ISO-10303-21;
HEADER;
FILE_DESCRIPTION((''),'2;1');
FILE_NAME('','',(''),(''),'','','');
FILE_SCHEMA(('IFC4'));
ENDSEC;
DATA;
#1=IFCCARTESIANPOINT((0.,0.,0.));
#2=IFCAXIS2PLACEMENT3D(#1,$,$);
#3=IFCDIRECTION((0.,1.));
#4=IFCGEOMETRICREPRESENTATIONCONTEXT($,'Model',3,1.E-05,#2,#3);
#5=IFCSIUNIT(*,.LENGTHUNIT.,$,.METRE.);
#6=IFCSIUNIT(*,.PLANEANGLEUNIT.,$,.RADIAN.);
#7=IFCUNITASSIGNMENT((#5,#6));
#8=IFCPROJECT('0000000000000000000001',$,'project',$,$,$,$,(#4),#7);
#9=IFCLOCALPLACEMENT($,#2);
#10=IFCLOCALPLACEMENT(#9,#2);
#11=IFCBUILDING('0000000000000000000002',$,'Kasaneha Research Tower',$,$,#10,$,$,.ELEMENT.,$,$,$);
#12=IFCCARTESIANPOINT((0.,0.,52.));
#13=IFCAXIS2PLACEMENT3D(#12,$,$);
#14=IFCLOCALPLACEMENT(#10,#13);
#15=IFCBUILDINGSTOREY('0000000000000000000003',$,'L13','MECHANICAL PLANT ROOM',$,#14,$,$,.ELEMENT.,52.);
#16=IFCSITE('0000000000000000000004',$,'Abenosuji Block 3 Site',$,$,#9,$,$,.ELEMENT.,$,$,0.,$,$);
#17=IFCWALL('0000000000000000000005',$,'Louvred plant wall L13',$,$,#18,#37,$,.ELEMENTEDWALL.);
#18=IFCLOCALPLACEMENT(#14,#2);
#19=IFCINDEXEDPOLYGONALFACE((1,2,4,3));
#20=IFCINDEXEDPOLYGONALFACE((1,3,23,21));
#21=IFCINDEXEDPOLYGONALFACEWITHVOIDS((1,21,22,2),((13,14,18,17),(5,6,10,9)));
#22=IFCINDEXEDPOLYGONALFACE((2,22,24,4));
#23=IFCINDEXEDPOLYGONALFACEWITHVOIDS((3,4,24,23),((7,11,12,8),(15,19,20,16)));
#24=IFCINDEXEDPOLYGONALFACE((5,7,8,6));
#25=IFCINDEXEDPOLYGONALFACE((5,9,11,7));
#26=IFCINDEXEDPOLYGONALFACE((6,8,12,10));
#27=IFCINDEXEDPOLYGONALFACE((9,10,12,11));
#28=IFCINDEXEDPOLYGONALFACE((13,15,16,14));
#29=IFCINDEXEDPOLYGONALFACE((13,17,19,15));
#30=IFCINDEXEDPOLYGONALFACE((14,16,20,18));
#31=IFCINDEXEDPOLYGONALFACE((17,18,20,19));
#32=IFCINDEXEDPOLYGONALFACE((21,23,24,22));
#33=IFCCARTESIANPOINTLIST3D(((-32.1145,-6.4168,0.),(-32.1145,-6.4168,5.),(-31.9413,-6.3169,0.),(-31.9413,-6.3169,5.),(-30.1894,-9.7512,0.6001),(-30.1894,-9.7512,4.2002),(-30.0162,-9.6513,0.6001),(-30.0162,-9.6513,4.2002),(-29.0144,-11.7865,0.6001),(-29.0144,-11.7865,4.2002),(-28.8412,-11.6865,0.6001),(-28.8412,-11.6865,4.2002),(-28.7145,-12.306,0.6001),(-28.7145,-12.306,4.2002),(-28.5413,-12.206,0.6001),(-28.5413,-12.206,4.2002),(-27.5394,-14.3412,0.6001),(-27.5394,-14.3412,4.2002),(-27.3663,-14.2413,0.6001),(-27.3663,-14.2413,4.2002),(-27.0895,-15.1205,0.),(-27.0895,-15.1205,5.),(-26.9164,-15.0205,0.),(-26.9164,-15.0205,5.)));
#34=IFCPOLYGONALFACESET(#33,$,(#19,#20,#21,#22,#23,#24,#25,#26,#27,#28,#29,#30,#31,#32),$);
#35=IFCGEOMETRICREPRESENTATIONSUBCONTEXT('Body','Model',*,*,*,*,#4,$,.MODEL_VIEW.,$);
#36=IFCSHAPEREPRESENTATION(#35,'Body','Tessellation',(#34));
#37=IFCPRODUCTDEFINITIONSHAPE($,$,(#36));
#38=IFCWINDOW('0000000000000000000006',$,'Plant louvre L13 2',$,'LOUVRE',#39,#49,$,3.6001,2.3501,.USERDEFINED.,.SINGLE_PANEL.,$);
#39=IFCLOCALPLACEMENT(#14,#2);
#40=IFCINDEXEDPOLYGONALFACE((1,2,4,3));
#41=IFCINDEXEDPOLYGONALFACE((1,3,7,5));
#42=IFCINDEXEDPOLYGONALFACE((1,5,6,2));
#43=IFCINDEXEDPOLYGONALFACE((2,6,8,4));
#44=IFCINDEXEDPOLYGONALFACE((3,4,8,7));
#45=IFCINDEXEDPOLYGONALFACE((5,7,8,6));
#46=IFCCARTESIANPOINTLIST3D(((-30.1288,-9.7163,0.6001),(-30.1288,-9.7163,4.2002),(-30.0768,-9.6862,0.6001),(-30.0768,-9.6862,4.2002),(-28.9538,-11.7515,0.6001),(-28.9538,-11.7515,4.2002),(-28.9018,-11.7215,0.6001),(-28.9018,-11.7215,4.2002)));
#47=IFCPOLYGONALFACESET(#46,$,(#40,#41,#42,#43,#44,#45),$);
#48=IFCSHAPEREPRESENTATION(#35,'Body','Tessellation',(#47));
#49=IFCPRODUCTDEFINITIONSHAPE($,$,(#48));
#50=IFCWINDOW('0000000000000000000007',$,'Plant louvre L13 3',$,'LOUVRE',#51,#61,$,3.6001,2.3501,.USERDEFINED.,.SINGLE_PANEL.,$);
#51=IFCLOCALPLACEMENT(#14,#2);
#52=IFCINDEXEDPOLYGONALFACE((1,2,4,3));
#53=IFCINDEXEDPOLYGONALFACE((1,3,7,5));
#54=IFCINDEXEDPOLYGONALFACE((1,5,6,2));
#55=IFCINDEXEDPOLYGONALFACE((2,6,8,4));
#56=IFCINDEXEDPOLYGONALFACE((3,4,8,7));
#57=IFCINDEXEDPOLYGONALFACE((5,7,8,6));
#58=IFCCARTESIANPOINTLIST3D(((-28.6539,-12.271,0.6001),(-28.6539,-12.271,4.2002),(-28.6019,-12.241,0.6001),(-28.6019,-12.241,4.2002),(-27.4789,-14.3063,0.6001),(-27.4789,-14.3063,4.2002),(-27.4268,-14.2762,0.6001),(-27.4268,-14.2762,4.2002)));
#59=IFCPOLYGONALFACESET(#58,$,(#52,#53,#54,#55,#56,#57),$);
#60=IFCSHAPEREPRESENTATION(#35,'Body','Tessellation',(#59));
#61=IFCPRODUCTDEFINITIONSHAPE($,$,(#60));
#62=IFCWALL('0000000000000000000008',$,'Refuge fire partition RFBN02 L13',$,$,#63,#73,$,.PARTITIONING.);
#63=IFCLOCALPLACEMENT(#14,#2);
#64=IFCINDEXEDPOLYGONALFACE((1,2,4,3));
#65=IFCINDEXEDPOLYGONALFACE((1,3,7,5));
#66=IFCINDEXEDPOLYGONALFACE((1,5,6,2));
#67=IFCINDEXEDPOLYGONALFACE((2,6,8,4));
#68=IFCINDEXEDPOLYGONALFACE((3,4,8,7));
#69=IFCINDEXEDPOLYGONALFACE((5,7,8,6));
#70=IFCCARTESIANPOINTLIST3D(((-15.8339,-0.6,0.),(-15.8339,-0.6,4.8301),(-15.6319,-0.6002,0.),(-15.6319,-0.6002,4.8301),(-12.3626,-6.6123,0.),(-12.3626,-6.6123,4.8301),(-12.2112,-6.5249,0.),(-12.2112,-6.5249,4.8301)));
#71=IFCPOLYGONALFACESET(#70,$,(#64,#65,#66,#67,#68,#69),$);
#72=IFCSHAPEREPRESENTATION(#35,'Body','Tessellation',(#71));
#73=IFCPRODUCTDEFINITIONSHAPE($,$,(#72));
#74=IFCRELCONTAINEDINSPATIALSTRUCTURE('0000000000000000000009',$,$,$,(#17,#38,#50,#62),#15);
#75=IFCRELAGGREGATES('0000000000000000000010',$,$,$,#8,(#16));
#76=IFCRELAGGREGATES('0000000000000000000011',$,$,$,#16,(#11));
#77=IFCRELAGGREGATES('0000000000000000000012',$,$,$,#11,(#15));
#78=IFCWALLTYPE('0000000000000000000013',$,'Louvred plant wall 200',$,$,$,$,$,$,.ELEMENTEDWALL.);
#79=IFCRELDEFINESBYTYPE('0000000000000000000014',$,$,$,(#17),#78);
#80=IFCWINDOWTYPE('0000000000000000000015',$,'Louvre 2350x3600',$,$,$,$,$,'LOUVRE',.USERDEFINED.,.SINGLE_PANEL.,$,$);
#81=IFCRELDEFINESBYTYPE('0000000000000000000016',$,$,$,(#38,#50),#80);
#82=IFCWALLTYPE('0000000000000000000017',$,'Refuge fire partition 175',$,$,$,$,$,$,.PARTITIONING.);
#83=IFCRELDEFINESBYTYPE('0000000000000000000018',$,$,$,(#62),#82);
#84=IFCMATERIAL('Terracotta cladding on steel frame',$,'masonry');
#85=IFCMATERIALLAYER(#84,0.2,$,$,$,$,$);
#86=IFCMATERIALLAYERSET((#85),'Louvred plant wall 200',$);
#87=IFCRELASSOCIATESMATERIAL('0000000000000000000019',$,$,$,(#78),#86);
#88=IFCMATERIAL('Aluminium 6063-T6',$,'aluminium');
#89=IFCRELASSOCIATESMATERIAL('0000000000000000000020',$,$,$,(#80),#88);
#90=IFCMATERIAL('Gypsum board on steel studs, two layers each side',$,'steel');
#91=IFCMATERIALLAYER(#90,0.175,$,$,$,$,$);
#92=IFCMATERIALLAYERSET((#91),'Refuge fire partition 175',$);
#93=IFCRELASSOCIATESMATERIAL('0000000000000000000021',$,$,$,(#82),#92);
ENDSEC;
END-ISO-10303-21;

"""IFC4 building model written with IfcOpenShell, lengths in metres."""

from ifc_helpers import new_model, si_unit, direction, frame, frame_2d, origin, place, context, subcontext, project, spatial, polyline, rectangle, outline, extrude, material, layer, layer_set, type_object, element, fill, save


model = new_model("IFC4")

# Units and contexts
model_context = context("Model", 3, precision=1e-05, world=origin(), true_north=direction((0.0, 1.0)))
body_context = subcontext(model_context, "Body", "Model", "MODEL_VIEW")
ifc_project = project(units=[si_unit("LENGTHUNIT", "METRE"), si_unit("PLANEANGLEUNIT", "RADIAN")], contexts=[model_context])

# Site, building, storey
site_placement = place(None, origin())
site = spatial("IfcSite", under=ifc_project, at=site_placement, Name="Abenosuji Block 3 Site", CompositionType="ELEMENT", RefElevation=0.0)
building_placement = place(site_placement, origin())
building = spatial("IfcBuilding", under=site, at=building_placement, Name="Kasaneha Research Tower", CompositionType="ELEMENT")
storey_placement = place(building_placement, frame((0.0, 0.0, 52.0)))
storey = spatial("IfcBuildingStorey", under=building, at=storey_placement, Name="L13", Description="MECHANICAL PLANT ROOM", CompositionType="ELEMENT", Elevation=52.0)

# Wall, openings, windows
ifc_material_1 = material(Name="Terracotta cladding on steel frame", Category="masonry")
ifc_layer_1 = layer(ifc_material_1, 0.2)
ifc_layer_set_1 = layer_set([ifc_layer_1], Name="Louvred plant wall 200")
wall_type_1 = type_object("IfcWallType", Name="Louvred plant wall 200", PredefinedType="ELEMENTEDWALL", material=ifc_layer_set_1)
wall_1_placement = place(storey_placement, frame((-32.0278, -6.3669, 0.0), z_axis=(0.0, 0.0, 1.0), x_axis=(0.49999, -0.866031, 0.0)))
wall_1 = element("IfcWall", 1, at=wall_1_placement, inside=storey, type_object=wall_type_1, Name="Louvred plant wall L13", PredefinedType="ELEMENTEDWALL", context=body_context, shape_type="SweptSolid", body=[
    extrude(rectangle(XDim=10.05, YDim=0.2, at=frame_2d((5.0249, 0.0))), origin(), (0.0, 0.0, 1.0), 5.0),
])
opening_1_placement = place(wall_1_placement, frame((3.8501, 0.0, 0.6001)))
opening_1 = element("IfcOpeningElement", 2, at=opening_1_placement, cuts=wall_1, PredefinedType="OPENING", context=body_context, shape_type="SweptSolid", body=[
    extrude(rectangle(XDim=2.3501, YDim=3.6001, at=frame_2d((1.175, 1.8))), frame((0.0, 0.1099, 0.0), z_axis=(0.0, -1.0, 0.0), x_axis=(1.0, 0.0, 0.0)), (0.0, 0.0, 1.0), 0.22),
])
opening_2_placement = place(wall_1_placement, frame((6.8, 0.0, 0.6001)))
opening_2 = element("IfcOpeningElement", 3, at=opening_2_placement, cuts=wall_1, PredefinedType="OPENING", context=body_context, shape_type="SweptSolid", body=[
    extrude(rectangle(XDim=2.3501, YDim=3.6001, at=frame_2d((1.175, 1.8))), frame((0.0, 0.1099, 0.0), z_axis=(0.0, -1.0, 0.0), x_axis=(1.0, 0.0, 0.0)), (0.0, 0.0, 1.0), 0.22),
])
ifc_material_2 = material(Name="Aluminium 6063-T6", Category="aluminium")
window_type = type_object("IfcWindowType", Name="Louvre 2350x3600", ElementType="LOUVRE", PartitioningType="SINGLE_PANEL", PredefinedType="USERDEFINED", material=ifc_material_2)
window_1_placement = place(opening_1_placement, origin())
window_1 = element("IfcWindow", 4, at=window_1_placement, inside=storey, type_object=window_type, Name="Plant louvre L13 2", ObjectType="LOUVRE", OverallHeight=3.6001, OverallWidth=2.3501, PartitioningType="SINGLE_PANEL", PredefinedType="USERDEFINED", context=body_context, shape_type="SweptSolid", body=[
    extrude(rectangle(XDim=2.3501, YDim=3.6001, at=frame_2d((1.175, 1.8))), frame((0.0, 0.03, 0.0), z_axis=(0.0, -1.0, 0.0), x_axis=(1.0, 0.0, 0.0)), (0.0, 0.0, 1.0), 0.0601),
])
fill(opening_1, window_1)
window_2_placement = place(opening_2_placement, origin())
window_2 = element("IfcWindow", 5, at=window_2_placement, inside=storey, type_object=window_type, Name="Plant louvre L13 3", ObjectType="LOUVRE", OverallHeight=3.6001, OverallWidth=2.3501, PartitioningType="SINGLE_PANEL", PredefinedType="USERDEFINED", context=body_context, shape_type="SweptSolid", body=[
    extrude(rectangle(XDim=2.3501, YDim=3.6001, at=frame_2d((1.175, 1.8))), frame((0.0, 0.03, 0.0), z_axis=(0.0, -1.0, 0.0), x_axis=(1.0, 0.0, 0.0)), (0.0, 0.0, 1.0), 0.0601),
])
fill(opening_2, window_2)

# Wall
ifc_material_3 = material(Name="Gypsum board on steel studs, two layers each side", Category="steel")
ifc_layer_2 = layer(ifc_material_3, 0.175)
ifc_layer_set_2 = layer_set([ifc_layer_2], Name="Refuge fire partition 175")
wall_type_2 = type_object("IfcWallType", Name="Refuge fire partition 175", PredefinedType="PARTITIONING", material=ifc_layer_set_2)
wall_2_placement = place(storey_placement, frame((-15.7329, -0.6001, 0.0), z_axis=(0.0, 0.0, 1.0), x_axis=(0.500014, -0.866017, 0.0)))
element("IfcWall", 6, at=wall_2_placement, inside=storey, type_object=wall_type_2, Name="Refuge fire partition RFBN02 L13", PredefinedType="PARTITIONING", context=body_context, shape_type="SweptSolid", body=[
    extrude(outline(polyline([(-0.0505, -0.0874), (6.8918, -0.0874), (6.8918, 0.0874), (0.0505, 0.0874), (-0.0505, -0.0874)])), origin(), (0.0, 0.0, 1.0), 4.8301),
])

save(model, "model.ifc")
